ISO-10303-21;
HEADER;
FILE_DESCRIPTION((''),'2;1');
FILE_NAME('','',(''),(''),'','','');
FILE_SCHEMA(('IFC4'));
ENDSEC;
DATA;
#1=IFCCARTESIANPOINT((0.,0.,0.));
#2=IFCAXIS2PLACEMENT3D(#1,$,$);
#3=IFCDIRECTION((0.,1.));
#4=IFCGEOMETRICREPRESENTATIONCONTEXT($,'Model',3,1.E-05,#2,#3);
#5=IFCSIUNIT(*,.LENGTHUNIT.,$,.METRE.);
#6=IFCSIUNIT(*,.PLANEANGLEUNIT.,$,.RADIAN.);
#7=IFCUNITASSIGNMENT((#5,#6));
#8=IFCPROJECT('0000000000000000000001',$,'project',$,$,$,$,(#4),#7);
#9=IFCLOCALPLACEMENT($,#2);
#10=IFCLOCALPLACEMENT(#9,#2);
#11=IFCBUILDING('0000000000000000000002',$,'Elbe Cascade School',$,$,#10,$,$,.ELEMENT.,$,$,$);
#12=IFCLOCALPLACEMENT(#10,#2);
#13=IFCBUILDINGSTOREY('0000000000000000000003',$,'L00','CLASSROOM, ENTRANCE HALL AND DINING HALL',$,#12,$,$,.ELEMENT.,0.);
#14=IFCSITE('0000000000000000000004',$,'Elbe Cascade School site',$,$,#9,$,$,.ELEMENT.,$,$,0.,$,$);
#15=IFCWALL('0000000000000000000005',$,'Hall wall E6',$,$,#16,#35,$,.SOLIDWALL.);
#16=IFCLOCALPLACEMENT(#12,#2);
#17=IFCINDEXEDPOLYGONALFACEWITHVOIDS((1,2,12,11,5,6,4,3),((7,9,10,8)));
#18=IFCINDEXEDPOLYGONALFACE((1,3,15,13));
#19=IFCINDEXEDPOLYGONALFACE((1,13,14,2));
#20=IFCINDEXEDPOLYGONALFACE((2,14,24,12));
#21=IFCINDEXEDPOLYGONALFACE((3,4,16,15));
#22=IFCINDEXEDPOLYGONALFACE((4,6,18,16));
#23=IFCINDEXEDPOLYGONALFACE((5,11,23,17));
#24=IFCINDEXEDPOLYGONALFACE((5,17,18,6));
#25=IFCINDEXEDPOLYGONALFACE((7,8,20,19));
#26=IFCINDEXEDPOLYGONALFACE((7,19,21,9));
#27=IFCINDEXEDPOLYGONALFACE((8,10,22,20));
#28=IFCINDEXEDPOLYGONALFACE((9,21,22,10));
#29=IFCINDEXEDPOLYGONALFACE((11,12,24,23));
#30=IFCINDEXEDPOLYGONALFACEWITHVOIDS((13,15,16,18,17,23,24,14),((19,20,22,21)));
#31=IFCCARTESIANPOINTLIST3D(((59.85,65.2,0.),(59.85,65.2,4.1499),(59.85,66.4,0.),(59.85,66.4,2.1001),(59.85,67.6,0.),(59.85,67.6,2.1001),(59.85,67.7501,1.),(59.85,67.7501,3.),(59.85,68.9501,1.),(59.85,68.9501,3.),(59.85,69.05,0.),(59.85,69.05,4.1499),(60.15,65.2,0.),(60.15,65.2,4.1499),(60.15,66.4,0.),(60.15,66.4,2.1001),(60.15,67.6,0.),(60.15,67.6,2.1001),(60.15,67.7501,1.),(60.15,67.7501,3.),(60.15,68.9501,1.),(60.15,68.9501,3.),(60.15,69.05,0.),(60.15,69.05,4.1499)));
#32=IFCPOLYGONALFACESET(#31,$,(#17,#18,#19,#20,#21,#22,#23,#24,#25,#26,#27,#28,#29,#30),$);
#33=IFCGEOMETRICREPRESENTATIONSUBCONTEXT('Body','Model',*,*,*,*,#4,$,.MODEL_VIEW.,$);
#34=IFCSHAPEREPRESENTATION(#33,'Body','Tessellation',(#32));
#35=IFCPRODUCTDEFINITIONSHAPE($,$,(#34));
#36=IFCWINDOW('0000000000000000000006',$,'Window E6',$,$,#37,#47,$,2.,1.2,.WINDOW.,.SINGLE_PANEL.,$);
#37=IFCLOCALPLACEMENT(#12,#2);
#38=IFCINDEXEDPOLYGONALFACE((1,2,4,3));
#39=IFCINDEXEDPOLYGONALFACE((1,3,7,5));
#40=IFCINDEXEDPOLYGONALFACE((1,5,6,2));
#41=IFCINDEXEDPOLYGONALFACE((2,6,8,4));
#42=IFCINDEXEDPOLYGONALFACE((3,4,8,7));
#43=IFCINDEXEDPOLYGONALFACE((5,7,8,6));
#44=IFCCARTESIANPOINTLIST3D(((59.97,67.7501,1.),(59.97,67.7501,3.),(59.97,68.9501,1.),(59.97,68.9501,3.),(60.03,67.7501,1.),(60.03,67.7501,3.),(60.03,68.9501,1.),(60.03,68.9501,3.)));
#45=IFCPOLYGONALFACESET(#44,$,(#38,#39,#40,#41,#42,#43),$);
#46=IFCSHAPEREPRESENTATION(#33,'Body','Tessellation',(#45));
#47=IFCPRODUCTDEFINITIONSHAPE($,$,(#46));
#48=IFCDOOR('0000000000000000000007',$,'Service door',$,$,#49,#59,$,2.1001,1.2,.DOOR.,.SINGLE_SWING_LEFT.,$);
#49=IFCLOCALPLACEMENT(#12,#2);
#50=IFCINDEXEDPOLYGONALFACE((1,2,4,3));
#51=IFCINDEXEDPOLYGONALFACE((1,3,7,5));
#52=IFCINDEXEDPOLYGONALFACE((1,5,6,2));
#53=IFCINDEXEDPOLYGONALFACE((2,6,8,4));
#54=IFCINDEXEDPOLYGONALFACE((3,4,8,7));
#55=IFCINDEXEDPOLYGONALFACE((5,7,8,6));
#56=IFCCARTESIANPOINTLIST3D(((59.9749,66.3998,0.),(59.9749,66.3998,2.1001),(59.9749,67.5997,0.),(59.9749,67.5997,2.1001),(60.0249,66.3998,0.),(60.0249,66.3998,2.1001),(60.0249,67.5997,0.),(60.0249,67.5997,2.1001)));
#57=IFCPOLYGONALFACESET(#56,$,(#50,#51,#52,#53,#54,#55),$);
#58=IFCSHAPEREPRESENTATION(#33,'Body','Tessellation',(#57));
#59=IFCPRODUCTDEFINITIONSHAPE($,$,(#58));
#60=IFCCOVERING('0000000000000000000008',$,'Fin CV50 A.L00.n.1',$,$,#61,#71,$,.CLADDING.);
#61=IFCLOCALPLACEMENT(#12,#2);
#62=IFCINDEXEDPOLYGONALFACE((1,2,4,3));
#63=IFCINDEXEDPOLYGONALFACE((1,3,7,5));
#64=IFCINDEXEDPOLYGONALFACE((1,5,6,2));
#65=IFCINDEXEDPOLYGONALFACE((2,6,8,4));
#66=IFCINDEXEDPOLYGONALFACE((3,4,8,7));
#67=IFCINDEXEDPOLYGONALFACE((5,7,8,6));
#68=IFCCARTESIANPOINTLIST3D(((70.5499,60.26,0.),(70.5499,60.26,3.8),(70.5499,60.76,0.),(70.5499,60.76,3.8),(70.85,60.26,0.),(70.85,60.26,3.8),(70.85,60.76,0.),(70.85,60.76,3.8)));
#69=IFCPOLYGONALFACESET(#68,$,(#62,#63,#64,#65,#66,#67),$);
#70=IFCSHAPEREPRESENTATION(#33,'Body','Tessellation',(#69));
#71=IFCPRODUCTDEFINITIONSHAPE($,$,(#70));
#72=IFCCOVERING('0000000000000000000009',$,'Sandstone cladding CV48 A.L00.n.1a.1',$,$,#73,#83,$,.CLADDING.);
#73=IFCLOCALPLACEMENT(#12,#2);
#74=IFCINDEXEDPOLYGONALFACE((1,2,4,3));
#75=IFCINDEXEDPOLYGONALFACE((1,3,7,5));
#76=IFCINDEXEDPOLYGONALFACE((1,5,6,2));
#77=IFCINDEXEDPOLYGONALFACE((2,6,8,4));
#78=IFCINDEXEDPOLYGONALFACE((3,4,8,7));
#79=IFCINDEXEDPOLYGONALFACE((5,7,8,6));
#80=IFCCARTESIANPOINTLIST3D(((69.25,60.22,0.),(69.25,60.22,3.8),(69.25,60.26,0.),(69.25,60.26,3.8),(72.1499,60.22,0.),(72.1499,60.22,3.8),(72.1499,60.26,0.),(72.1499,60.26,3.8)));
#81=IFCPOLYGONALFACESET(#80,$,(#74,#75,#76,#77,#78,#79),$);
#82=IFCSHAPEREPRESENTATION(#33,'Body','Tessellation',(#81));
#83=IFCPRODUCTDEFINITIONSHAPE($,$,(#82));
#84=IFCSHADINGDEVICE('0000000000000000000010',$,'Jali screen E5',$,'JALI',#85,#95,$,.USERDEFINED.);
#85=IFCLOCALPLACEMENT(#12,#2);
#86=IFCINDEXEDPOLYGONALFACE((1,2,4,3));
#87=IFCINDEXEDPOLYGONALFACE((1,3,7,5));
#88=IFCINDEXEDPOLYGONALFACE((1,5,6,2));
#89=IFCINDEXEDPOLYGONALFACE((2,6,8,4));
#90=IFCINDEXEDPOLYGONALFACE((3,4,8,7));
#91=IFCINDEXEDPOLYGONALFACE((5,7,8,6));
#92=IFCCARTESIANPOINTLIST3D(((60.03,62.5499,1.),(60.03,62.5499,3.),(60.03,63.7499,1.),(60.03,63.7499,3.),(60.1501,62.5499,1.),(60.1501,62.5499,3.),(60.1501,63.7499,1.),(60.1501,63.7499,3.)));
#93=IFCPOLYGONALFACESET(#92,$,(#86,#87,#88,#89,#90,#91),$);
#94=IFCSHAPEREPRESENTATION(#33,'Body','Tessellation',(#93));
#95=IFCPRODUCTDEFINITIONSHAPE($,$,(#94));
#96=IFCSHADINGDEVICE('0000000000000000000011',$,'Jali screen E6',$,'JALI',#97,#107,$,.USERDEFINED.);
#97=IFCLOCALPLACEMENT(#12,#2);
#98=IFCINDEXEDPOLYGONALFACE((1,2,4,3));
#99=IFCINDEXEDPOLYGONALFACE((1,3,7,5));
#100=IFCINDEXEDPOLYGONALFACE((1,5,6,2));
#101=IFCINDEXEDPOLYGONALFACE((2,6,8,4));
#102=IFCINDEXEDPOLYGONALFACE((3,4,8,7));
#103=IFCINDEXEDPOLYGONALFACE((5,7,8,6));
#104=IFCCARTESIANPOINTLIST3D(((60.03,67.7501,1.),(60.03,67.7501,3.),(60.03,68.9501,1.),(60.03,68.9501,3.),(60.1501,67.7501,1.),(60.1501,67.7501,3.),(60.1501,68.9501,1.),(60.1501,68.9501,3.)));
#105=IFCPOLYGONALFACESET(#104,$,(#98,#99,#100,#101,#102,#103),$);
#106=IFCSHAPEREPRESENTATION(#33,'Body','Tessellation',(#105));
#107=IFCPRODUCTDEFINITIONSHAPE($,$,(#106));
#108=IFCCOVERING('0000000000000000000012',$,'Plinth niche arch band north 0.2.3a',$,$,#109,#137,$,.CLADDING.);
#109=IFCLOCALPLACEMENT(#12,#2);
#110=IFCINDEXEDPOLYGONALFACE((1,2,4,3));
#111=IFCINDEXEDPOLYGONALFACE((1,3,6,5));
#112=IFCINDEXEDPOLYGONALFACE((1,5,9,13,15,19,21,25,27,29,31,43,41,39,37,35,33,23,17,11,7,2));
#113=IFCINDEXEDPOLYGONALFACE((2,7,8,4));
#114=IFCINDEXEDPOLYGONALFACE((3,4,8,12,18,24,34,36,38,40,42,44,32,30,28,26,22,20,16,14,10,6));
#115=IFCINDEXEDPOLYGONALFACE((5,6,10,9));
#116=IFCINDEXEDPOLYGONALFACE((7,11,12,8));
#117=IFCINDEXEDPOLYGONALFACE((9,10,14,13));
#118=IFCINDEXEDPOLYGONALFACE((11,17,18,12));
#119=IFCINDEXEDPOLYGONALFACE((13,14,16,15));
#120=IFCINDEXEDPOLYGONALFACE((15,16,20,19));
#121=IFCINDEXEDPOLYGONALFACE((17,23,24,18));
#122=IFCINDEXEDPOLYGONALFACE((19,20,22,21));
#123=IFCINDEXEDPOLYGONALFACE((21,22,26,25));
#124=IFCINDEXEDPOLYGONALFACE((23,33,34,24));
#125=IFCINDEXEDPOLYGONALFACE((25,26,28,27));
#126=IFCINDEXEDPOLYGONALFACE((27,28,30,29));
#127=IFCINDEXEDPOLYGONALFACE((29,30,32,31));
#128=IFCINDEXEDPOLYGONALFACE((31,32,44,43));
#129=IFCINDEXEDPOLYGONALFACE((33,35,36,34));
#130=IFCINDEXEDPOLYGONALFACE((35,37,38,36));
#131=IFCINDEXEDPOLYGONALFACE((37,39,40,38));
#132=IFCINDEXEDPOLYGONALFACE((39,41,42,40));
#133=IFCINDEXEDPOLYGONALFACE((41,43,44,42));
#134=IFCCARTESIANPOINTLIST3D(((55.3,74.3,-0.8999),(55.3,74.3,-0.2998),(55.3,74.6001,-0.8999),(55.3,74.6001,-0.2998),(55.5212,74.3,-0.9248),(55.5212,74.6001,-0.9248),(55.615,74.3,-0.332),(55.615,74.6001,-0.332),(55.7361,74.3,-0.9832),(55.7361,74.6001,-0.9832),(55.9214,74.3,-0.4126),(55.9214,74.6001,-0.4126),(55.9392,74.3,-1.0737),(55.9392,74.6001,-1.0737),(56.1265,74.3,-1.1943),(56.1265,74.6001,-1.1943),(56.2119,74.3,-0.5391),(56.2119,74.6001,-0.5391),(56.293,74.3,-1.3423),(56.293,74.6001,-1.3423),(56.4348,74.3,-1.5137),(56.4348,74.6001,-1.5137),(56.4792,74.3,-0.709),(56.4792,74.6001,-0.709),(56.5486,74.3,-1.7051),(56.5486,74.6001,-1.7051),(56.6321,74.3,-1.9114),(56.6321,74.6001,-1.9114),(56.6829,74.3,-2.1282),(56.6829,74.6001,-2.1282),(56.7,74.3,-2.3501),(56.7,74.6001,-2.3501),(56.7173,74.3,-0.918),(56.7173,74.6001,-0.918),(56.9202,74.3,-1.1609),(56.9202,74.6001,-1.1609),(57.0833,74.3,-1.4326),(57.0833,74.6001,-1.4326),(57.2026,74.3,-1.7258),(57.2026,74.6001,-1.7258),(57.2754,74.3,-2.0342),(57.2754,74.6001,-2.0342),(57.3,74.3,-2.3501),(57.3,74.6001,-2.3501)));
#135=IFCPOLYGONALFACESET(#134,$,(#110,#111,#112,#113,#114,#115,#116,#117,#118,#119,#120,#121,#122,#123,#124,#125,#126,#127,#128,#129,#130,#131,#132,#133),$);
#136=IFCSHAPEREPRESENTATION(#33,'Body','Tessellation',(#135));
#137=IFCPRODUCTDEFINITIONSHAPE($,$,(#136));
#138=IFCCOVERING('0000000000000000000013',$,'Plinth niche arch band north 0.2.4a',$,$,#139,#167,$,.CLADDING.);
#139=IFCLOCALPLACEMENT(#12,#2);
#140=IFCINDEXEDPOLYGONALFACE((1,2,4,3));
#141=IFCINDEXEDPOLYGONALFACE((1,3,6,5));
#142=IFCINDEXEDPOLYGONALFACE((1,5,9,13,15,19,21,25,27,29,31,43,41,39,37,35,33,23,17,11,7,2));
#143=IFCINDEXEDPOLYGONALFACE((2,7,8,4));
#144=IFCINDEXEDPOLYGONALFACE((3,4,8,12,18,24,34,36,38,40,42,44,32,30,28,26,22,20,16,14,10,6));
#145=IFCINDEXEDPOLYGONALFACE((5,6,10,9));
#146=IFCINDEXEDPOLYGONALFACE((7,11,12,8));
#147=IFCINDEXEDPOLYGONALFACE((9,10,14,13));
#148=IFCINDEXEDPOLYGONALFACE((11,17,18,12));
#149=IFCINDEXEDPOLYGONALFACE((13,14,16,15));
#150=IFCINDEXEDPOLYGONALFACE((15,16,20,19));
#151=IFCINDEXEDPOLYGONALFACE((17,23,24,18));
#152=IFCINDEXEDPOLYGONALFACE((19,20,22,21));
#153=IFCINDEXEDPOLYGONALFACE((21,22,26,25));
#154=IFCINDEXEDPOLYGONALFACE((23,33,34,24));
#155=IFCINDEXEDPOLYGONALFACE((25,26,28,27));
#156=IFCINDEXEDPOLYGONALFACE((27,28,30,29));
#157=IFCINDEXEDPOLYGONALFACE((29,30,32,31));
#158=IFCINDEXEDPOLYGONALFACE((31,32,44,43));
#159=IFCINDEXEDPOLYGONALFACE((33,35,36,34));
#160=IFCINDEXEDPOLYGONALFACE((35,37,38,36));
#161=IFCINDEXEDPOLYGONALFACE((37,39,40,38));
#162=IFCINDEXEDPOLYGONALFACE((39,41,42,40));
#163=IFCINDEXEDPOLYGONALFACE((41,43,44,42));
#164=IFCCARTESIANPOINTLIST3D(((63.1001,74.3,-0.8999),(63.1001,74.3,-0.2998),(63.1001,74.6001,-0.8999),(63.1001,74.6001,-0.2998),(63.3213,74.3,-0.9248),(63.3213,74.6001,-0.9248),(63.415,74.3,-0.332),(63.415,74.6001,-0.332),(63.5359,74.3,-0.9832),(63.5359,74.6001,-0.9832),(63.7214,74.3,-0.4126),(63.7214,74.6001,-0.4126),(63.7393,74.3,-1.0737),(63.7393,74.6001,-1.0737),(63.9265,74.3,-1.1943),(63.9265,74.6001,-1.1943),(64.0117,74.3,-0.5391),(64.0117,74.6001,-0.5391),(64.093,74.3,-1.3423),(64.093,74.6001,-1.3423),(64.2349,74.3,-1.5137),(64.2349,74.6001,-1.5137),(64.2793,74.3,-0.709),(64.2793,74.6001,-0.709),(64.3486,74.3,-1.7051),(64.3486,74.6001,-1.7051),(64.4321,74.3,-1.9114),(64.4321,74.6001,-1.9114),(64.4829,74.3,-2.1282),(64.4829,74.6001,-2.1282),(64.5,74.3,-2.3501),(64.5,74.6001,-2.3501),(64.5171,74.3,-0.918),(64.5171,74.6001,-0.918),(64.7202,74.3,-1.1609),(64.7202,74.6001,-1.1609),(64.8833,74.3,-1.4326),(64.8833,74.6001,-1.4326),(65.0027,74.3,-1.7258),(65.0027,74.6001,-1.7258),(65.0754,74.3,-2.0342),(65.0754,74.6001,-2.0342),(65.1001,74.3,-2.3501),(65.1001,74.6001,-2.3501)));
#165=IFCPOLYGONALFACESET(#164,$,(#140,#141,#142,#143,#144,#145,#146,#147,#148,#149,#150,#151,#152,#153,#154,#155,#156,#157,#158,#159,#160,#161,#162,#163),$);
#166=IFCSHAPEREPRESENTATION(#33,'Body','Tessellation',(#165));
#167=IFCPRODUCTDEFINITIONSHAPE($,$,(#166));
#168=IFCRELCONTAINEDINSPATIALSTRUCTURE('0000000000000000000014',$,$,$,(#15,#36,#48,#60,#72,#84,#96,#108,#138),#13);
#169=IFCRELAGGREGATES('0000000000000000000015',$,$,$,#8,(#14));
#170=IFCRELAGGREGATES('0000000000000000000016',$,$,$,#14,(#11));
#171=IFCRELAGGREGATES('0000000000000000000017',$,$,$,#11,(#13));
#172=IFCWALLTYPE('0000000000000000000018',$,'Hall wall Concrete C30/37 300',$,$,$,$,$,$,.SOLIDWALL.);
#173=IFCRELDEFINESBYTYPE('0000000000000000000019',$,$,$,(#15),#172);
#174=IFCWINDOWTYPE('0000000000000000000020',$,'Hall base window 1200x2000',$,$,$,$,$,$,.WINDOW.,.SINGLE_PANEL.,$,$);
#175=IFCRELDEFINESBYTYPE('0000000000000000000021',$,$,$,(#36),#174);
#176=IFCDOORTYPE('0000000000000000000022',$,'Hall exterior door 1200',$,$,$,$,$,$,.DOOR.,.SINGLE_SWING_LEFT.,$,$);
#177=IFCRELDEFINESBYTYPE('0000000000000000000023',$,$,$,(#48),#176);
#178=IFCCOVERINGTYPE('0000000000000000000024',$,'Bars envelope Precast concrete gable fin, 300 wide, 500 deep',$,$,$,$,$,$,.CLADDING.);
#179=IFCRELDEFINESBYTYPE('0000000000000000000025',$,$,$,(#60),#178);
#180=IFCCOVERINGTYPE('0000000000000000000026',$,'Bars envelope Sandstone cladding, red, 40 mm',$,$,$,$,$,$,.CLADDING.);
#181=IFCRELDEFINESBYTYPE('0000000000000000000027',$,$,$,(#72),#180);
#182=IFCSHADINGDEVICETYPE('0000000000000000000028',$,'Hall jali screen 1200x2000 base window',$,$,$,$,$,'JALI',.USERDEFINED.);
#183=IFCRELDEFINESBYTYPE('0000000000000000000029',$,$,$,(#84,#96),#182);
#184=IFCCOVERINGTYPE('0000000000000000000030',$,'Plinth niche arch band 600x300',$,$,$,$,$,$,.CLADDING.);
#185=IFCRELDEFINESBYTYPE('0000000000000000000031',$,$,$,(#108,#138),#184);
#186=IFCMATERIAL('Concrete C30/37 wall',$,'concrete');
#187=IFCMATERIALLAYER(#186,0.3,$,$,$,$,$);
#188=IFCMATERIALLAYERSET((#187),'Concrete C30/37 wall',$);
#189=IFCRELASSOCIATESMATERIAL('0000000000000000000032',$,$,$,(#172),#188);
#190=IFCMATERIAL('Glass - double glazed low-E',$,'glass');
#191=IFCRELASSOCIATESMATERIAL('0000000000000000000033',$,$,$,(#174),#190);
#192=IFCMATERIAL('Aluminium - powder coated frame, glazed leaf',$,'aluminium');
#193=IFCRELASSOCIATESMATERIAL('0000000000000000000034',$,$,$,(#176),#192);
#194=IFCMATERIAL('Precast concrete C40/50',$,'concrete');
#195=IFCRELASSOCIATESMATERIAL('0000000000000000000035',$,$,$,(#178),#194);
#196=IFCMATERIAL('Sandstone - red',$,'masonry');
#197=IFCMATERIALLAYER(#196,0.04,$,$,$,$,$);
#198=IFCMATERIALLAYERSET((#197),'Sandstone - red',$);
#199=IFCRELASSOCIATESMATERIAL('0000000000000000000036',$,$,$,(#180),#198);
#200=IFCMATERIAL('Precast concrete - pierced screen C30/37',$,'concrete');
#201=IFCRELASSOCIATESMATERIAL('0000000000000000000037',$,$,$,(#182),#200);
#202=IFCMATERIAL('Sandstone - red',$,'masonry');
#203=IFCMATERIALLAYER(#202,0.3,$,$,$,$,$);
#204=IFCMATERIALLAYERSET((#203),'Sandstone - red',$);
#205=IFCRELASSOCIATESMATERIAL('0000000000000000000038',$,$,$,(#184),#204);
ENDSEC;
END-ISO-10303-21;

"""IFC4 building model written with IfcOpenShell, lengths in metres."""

from ifc_helpers import new_model, si_unit, direction, frame, frame_2d, origin, origin_2d, place, context, subcontext, project, spatial, polyline, rectangle, outline, extrude, material, layer, layer_set, type_object, element, fill, save


model = new_model("IFC4")

# Units and contexts
model_context = context("Model", 3, precision=1e-05, world=origin(), true_north=direction((0.0, 1.0)))
body_context = subcontext(model_context, "Body", "Model", "MODEL_VIEW")
ifc_project = project(units=[si_unit("LENGTHUNIT", "METRE"), si_unit("PLANEANGLEUNIT", "RADIAN")], contexts=[model_context])

# Site, building, storey
site_placement = place(None, origin())
site = spatial("IfcSite", under=ifc_project, at=site_placement, Name="Elbe Cascade School site", CompositionType="ELEMENT", RefElevation=0.0)
building_placement = place(site_placement, origin())
building = spatial("IfcBuilding", under=site, at=building_placement, Name="Elbe Cascade School", CompositionType="ELEMENT")
storey_placement = place(building_placement, origin())
storey = spatial("IfcBuildingStorey", under=building, at=storey_placement, Name="L00", Description="CLASSROOM, ENTRANCE HALL AND DINING HALL", CompositionType="ELEMENT", Elevation=0.0)

# Wall, openings, window, door
ifc_material_1 = material(Name="Concrete C30/37 wall", Category="concrete")
ifc_layer_1 = layer(ifc_material_1, 0.3)
ifc_layer_set_1 = layer_set([ifc_layer_1], Name="Concrete C30/37 wall")
wall_type = type_object("IfcWallType", Name="Hall wall Concrete C30/37 300", PredefinedType="SOLIDWALL", material=ifc_layer_set_1)
ifc_material_2 = material(Name="Glass - double glazed low-E", Category="glass")
window_type = type_object("IfcWindowType", Name="Hall base window 1200x2000", PartitioningType="SINGLE_PANEL", PredefinedType="WINDOW", material=ifc_material_2)
ifc_material_3 = material(Name="Aluminium - powder coated frame, glazed leaf", Category="aluminium")
door_type = type_object("IfcDoorType", Name="Hall exterior door 1200", OperationType="SINGLE_SWING_LEFT", PredefinedType="DOOR", material=ifc_material_3)
wall_1_placement = place(storey_placement, frame((60.0, 65.2, 0.0), z_axis=(0.0, 0.0, 1.0), x_axis=(0.0, 1.0, 0.0)))
wall_1 = element("IfcWall", 1, at=wall_1_placement, inside=storey, type_object=wall_type, Name="Hall wall E6", PredefinedType="SOLIDWALL", context=body_context, shape_type="SweptSolid", body=[
    extrude(rectangle(XDim=3.8501, YDim=0.3, at=frame_2d((1.925, 0.0))), origin(), (0.0, 0.0, 1.0), 4.1499),
])
opening_1_placement = place(wall_1_placement, frame((2.55, 0.0, 1.0)))
opening_1 = element("IfcOpeningElement", 2, at=opening_1_placement, cuts=wall_1, PredefinedType="OPENING", context=body_context, shape_type="SweptSolid", body=[
    extrude(rectangle(XDim=1.2, YDim=2.0, at=frame_2d((0.6001, 1.0))), frame((0.0, 0.1599, 0.0), z_axis=(0.0, -1.0, 0.0), x_axis=(1.0, 0.0, 0.0)), (0.0, 0.0, 1.0), 0.3201),
])
opening_2_placement = place(wall_1_placement, frame((1.2, 0.0, 0.0)))
opening_2 = element("IfcOpeningElement", 3, at=opening_2_placement, cuts=wall_1, PredefinedType="OPENING", context=body_context, shape_type="SweptSolid", body=[
    extrude(rectangle(XDim=1.2, YDim=2.1001, at=frame_2d((0.6001, 1.05))), frame((0.0, 0.1599, 0.0), z_axis=(0.0, -1.0, 0.0), x_axis=(1.0, 0.0, 0.0)), (0.0, 0.0, 1.0), 0.3201),
])
window_1_placement = place(opening_1_placement, origin())
window_1 = element("IfcWindow", 4, at=window_1_placement, inside=storey, type_object=window_type, Name="Window E6", OverallHeight=2.0, OverallWidth=1.2, PartitioningType="SINGLE_PANEL", PredefinedType="WINDOW", context=body_context, shape_type="SweptSolid", body=[
    extrude(rectangle(XDim=1.2, YDim=2.0, at=frame_2d((0.6001, 1.0))), frame((0.0, 0.03, 0.0), z_axis=(0.0, -1.0, 0.0), x_axis=(1.0, 0.0, 0.0)), (0.0, 0.0, 1.0), 0.0601),
])
fill(opening_1, window_1)
door_1_placement = place(opening_2_placement, frame((1.2, 0.0, 0.0), z_axis=(0.0, 0.0, 1.0), x_axis=(-1.0, 0.0, 0.0)))
door_1 = element("IfcDoor", 5, at=door_1_placement, inside=storey, type_object=door_type, Name="Service door", OperationType="SINGLE_SWING_LEFT", OverallHeight=2.1001, OverallWidth=1.2, PredefinedType="DOOR", context=body_context, shape_type="SweptSolid", body=[
    extrude(rectangle(XDim=1.2, YDim=2.1001, at=frame_2d((0.6001, 1.05))), frame((0.0, 0.0249, 0.0), z_axis=(0.0, -1.0, 0.0), x_axis=(1.0, 0.0, 0.0)), (0.0, 0.0, 1.0), 0.05),
])
fill(opening_2, door_1)

# Coverings
ifc_material_4 = material(Name="Precast concrete C40/50", Category="concrete")
covering_type_1 = type_object("IfcCoveringType", Name="Bars envelope Precast concrete gable fin, 300 wide, 500 deep", PredefinedType="CLADDING", material=ifc_material_4)
covering_1_placement = place(storey_placement, frame((70.7, 60.51, 0.0), z_axis=(0.0, 0.0, 1.0), x_axis=(1.0, 0.0, 0.0)))
element("IfcCovering", 6, at=covering_1_placement, inside=storey, type_object=covering_type_1, Name="Fin CV50 A.L00.n.1", PredefinedType="CLADDING", context=body_context, shape_type="SweptSolid", body=[
    extrude(rectangle(XDim=0.3, YDim=0.5, at=origin_2d()), origin(), (0.0, 0.0, 1.0), 3.8),
])
ifc_material_5 = material(Name="Sandstone - red", Category="masonry")
ifc_layer_2 = layer(ifc_material_5, 0.04)
ifc_layer_set_2 = layer_set([ifc_layer_2], Name="Sandstone - red")
covering_type_2 = type_object("IfcCoveringType", Name="Bars envelope Sandstone cladding, red, 40 mm", PredefinedType="CLADDING", material=ifc_layer_set_2)
covering_2_placement = place(storey_placement, frame((70.7, 60.24, 0.0), z_axis=(0.0, 0.0, 1.0), x_axis=(1.0, 0.0, 0.0)))
element("IfcCovering", 7, at=covering_2_placement, inside=storey, type_object=covering_type_2, Name="Sandstone cladding CV48 A.L00.n.1a.1", PredefinedType="CLADDING", context=body_context, shape_type="SweptSolid", body=[
    extrude(rectangle(XDim=2.8999, YDim=0.04, at=origin_2d()), origin(), (0.0, 0.0, 1.0), 3.8),
])

# Shading devices
ifc_material_6 = material(Name="Precast concrete - pierced screen C30/37", Category="concrete")
shading_device_type = type_object("IfcShadingDeviceType", Name="Hall jali screen 1200x2000 base window", ElementType="JALI", PredefinedType="USERDEFINED", material=ifc_material_6)
for number, where, z_axis, x_axis, name in (
    (8, (60.0901, 63.1499, 1.0), (0.0, 0.0, 1.0), (1.0, 0.0, 0.0), "Jali screen E5"),
    (9, (60.0901, 68.3501, 1.0), (0.0, 0.0, 1.0), (1.0, 0.0, 0.0), "Jali screen E6"),
):
    element("IfcShadingDevice", number, at=place(storey_placement, frame(where, z_axis=z_axis, x_axis=x_axis)), inside=storey, type_object=shading_device_type, Name=name, ObjectType="JALI", PredefinedType="USERDEFINED", context=body_context, shape_type="SweptSolid", body=[
        extrude(rectangle(XDim=0.1201, YDim=1.2, at=origin_2d()), origin(), (0.0, 0.0, 1.0), 2.0),
    ])

# Coverings
ifc_material_7 = material(Name="Sandstone - red", Category="masonry")
ifc_layer_3 = layer(ifc_material_7, 0.3)
ifc_layer_set_3 = layer_set([ifc_layer_3], Name="Sandstone - red")
covering_type_3 = type_object("IfcCoveringType", Name="Plinth niche arch band 600x300", PredefinedType="CLADDING", material=ifc_layer_set_3)
covering_3_placement = place(storey_placement, frame((57.3, 74.6001, -2.3501), z_axis=(0.0, 1.0, 0.0), x_axis=(-1.0, 0.0, 0.0)))
element("IfcCovering", 10, at=covering_3_placement, inside=storey, type_object=covering_type_3, Name="Plinth niche arch band north 0.2.3a", PredefinedType="CLADDING", context=body_context, shape_type="SweptSolid", body=[
    extrude(outline(polyline([(0.0, 0.0), (0.6001, 0.0), (0.6172, 0.2219), (0.668, 0.4387), (0.7515, 0.645), (0.8652, 0.8364), (1.0071, 1.0078), (1.1736, 1.1558), (1.3608, 1.2764), (1.564, 1.3669), (1.7788, 1.4253), (2.0, 1.4502), (2.0, 2.0503), (1.6851, 2.0181), (1.3787, 1.9375), (1.0881, 1.811), (0.8208, 1.6411), (0.5828, 1.4321), (0.3799, 1.1892), (0.2168, 0.9175), (0.0974, 0.6243), (0.0247, 0.3159), (0.0, 0.0)])), origin(), (0.0, 0.0, -1.0), 0.3),
])
covering_4_placement = place(storey_placement, frame((65.1001, 74.6001, -2.3501), z_axis=(0.0, 1.0, 0.0), x_axis=(-1.0, 0.0, 0.0)))
element("IfcCovering", 11, at=covering_4_placement, inside=storey, type_object=covering_type_3, Name="Plinth niche arch band north 0.2.4a", PredefinedType="CLADDING", context=body_context, shape_type="SweptSolid", body=[
    extrude(outline(polyline([(0.0, 0.0), (0.6001, 0.0), (0.6172, 0.2219), (0.668, 0.4387), (0.7515, 0.645), (0.8652, 0.8364), (1.0071, 1.0078), (1.1736, 1.1558), (1.3608, 1.2764), (1.5642, 1.3669), (1.7788, 1.4253), (2.0, 1.4502), (2.0, 2.0503), (1.6851, 2.0181), (1.3787, 1.9375), (1.0884, 1.811), (0.8208, 1.6411), (0.583, 1.4321), (0.3799, 1.1892), (0.2168, 0.9175), (0.0974, 0.6243), (0.0247, 0.3159), (0.0, 0.0)])), origin(), (0.0, 0.0, -1.0), 0.3),
])

save(model, "model.ifc")
